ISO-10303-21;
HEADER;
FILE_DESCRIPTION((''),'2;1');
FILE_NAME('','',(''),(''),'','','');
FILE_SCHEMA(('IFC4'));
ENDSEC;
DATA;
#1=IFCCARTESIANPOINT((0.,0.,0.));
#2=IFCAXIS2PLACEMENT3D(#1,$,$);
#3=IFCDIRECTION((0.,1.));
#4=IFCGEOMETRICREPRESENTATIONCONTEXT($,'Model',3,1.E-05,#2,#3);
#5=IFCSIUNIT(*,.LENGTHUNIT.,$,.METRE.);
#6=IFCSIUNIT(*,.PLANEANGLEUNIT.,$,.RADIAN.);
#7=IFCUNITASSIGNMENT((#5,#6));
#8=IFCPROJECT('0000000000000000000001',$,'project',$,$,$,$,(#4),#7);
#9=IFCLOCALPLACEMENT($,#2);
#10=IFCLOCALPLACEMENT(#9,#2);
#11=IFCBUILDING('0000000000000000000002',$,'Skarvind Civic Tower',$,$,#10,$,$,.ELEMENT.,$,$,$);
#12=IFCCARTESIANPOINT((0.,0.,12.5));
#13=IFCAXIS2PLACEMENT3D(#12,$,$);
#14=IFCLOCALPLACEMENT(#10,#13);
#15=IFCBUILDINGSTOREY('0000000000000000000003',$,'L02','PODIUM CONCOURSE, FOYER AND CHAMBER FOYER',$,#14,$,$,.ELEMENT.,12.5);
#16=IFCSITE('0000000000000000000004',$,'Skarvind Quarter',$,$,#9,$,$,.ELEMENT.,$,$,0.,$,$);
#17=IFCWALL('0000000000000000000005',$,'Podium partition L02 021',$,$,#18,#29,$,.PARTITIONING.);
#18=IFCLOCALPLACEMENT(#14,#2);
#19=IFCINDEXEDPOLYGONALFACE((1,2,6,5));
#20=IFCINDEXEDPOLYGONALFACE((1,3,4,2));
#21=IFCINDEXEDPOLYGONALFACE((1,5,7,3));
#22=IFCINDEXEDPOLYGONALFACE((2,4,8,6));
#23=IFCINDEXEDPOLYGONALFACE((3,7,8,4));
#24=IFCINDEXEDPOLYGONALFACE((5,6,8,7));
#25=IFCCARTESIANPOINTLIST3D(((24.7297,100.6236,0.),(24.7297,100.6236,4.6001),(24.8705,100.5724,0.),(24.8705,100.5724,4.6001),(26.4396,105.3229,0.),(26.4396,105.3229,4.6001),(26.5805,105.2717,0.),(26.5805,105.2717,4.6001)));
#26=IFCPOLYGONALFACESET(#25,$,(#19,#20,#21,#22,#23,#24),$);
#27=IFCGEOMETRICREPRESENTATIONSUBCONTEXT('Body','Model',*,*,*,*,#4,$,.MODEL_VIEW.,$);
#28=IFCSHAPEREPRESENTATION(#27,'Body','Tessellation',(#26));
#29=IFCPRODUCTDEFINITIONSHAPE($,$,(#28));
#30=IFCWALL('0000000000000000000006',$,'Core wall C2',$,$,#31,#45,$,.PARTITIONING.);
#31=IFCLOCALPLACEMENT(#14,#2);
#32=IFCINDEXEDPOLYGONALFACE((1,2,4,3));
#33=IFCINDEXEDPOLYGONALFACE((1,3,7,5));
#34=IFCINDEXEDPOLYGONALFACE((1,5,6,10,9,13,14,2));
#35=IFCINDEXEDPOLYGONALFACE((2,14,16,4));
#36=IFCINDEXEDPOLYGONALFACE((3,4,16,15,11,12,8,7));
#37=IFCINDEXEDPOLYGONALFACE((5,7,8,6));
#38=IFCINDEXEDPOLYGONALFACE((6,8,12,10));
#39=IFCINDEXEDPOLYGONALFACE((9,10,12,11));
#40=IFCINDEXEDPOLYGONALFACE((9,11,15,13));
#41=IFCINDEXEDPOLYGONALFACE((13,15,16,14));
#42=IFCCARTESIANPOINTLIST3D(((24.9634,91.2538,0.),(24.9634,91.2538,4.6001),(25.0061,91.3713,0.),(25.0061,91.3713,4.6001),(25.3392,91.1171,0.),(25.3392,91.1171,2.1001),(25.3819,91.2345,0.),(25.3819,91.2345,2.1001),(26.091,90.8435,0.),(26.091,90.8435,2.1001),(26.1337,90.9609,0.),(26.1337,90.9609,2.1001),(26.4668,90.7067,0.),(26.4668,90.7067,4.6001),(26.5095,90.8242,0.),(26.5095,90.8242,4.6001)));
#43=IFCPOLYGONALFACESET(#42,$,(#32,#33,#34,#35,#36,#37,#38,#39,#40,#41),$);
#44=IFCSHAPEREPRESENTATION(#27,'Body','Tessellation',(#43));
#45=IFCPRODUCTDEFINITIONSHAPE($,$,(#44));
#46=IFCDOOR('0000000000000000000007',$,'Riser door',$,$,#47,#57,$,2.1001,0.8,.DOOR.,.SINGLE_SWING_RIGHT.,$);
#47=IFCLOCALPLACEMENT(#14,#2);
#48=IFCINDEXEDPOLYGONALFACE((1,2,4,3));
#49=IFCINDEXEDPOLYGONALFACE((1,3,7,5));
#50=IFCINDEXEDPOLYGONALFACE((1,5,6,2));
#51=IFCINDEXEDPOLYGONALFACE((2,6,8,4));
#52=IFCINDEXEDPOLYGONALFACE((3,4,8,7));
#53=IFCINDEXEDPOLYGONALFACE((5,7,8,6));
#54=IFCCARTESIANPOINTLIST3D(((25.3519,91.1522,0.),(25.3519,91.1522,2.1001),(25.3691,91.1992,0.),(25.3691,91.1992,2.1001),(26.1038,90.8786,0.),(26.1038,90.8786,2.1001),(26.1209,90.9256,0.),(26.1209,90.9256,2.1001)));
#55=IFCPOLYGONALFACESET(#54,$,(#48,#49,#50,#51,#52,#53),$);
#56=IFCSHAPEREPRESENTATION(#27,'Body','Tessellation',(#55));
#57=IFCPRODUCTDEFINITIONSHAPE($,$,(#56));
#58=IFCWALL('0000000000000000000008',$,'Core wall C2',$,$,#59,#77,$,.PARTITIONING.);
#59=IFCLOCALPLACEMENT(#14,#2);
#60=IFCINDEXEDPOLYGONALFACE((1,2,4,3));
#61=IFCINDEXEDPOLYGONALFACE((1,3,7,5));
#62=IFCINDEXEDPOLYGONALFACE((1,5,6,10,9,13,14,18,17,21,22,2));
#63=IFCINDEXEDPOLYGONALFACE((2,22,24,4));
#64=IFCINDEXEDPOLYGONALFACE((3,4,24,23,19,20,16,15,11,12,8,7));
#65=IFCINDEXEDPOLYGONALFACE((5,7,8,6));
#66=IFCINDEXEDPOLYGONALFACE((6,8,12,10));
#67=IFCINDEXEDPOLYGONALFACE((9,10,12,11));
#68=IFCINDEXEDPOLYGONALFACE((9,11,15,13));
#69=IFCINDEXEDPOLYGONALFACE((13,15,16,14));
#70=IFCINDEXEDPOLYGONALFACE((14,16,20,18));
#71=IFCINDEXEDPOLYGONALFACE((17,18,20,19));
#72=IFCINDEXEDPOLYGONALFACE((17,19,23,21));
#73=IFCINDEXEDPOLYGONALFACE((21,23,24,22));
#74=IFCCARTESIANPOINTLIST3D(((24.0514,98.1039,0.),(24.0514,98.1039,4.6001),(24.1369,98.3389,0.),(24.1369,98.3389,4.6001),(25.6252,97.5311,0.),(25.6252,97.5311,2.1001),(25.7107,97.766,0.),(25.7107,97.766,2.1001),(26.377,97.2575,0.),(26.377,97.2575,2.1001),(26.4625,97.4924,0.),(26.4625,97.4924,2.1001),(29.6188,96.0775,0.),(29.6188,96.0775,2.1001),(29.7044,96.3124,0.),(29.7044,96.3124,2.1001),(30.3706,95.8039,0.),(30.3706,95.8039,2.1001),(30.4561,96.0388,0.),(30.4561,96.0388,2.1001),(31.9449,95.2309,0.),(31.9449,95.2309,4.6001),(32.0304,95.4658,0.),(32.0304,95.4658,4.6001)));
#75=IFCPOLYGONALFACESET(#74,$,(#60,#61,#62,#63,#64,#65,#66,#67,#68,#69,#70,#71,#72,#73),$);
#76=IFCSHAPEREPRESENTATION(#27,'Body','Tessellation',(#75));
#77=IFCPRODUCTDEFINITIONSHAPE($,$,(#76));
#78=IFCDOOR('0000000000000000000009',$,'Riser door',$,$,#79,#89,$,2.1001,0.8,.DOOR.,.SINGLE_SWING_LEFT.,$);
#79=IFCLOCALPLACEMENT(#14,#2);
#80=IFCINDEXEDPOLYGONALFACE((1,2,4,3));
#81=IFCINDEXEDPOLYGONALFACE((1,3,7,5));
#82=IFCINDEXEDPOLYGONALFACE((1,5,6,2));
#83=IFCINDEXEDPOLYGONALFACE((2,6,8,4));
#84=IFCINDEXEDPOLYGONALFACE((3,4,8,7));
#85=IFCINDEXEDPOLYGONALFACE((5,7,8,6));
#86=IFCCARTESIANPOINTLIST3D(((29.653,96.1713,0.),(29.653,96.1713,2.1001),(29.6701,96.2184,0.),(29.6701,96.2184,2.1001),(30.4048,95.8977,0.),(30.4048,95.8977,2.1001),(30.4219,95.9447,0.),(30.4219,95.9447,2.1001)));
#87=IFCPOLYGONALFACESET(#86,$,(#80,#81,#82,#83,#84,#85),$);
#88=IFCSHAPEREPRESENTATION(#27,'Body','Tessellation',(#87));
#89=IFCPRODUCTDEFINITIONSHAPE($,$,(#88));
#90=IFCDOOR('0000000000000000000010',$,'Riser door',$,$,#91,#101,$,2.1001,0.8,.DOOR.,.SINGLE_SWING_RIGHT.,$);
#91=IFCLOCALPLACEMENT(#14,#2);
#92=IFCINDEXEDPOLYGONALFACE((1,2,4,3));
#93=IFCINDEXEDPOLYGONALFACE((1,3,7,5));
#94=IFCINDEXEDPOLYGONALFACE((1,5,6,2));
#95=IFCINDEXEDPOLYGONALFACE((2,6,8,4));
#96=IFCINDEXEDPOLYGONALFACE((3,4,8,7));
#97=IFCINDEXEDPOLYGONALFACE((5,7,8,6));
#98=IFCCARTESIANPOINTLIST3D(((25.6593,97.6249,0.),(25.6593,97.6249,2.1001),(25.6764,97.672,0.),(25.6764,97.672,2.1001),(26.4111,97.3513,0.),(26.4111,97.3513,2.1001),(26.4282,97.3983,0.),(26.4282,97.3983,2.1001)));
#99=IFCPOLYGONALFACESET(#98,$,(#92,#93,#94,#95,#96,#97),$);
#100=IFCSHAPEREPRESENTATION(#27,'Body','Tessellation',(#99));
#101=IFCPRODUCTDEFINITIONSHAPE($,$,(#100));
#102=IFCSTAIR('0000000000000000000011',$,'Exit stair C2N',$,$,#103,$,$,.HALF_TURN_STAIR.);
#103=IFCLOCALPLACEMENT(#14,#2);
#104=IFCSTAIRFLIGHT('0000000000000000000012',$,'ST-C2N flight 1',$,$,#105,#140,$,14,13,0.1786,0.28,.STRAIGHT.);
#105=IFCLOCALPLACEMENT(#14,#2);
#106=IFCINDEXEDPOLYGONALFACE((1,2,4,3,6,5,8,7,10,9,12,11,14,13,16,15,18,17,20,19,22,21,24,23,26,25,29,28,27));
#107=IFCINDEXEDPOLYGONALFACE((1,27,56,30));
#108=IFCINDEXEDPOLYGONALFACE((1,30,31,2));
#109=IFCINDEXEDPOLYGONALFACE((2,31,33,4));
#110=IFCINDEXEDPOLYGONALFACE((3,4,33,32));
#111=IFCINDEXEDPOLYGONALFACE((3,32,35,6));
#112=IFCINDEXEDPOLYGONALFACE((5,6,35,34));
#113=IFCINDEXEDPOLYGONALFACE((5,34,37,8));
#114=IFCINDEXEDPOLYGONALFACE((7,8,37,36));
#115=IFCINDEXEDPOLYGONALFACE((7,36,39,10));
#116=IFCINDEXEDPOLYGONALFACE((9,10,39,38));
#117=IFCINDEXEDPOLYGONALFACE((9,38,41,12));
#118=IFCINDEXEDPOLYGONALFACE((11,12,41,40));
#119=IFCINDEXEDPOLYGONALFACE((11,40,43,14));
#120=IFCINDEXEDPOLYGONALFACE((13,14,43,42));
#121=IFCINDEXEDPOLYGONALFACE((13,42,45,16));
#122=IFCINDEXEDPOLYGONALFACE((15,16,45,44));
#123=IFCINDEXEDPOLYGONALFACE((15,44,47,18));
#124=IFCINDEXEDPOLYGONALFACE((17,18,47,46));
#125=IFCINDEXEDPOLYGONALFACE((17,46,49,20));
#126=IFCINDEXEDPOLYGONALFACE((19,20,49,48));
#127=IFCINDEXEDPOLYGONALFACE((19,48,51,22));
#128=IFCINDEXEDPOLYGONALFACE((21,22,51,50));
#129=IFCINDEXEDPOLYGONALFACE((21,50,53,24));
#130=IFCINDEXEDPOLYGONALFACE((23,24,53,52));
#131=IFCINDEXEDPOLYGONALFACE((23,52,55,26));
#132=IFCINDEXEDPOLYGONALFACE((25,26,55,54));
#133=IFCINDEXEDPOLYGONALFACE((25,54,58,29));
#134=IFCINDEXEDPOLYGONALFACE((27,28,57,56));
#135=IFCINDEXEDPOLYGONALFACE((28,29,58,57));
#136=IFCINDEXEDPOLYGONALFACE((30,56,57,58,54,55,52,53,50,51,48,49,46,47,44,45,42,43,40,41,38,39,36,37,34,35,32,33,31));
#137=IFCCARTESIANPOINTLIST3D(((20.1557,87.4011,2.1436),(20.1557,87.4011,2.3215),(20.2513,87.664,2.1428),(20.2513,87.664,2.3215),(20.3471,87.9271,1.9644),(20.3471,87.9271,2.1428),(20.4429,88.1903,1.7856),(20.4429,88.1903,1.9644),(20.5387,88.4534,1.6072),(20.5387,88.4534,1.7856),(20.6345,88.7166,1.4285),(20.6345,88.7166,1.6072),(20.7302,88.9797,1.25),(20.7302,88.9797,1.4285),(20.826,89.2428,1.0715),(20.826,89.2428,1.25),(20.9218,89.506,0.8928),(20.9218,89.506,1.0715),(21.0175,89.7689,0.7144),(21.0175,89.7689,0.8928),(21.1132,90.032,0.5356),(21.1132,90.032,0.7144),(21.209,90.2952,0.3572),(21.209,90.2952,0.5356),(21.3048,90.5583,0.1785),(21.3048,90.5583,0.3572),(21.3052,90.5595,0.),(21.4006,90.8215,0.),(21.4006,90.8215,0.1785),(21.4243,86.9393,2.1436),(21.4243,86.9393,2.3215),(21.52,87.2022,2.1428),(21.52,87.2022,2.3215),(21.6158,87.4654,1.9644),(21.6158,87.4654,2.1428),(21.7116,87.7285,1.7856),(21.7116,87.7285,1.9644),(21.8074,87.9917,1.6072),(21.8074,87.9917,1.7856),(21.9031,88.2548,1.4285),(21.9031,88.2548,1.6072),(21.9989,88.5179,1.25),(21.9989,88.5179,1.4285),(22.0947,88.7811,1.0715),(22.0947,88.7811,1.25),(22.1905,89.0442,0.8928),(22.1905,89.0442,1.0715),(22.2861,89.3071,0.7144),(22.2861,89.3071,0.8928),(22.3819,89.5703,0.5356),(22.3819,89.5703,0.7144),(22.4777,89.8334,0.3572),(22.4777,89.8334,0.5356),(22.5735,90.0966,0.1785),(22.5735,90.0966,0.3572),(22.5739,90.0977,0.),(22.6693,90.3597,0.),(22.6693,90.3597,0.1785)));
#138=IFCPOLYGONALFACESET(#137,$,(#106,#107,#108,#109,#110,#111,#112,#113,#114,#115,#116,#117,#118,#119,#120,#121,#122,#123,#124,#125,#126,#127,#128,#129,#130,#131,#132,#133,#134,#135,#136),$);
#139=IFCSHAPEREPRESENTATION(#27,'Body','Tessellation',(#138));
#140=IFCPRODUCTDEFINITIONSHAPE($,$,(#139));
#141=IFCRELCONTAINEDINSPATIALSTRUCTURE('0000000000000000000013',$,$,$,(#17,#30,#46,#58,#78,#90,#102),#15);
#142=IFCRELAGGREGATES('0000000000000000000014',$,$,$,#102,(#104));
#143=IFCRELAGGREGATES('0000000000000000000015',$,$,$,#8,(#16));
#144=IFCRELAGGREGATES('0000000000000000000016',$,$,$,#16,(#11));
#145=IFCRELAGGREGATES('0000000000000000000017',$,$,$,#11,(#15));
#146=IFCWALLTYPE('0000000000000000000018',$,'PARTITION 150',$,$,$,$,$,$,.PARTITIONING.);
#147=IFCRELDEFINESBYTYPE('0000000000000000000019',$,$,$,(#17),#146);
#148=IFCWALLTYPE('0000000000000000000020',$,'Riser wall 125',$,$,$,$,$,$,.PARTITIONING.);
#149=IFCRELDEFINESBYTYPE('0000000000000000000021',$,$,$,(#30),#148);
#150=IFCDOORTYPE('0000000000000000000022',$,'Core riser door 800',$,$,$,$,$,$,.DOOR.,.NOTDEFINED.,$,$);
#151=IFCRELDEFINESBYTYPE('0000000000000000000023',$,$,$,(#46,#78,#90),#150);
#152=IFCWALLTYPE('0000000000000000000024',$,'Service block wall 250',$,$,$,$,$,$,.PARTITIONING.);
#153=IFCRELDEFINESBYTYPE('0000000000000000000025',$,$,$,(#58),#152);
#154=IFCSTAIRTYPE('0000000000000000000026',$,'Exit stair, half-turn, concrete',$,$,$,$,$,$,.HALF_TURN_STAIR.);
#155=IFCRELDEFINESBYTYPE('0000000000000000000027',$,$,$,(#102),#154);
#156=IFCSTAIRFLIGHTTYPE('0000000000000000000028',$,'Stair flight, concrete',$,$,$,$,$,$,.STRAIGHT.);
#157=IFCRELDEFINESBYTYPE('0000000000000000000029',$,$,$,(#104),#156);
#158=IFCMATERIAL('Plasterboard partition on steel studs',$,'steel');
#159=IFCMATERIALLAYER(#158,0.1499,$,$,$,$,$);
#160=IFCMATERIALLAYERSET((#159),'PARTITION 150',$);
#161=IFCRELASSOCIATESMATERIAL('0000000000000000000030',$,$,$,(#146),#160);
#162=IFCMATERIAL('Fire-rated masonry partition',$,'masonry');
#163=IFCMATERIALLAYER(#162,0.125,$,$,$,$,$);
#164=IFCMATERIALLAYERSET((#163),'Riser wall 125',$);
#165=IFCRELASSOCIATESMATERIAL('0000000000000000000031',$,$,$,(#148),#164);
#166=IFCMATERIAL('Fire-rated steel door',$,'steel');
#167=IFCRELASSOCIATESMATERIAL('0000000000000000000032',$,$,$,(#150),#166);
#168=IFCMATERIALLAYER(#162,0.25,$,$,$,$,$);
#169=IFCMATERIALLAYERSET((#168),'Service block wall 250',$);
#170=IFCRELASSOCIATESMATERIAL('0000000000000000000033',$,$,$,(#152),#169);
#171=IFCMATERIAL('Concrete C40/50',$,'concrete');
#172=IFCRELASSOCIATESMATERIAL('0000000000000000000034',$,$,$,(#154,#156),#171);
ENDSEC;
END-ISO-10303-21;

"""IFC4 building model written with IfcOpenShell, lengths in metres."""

from ifc_helpers import new_model, si_unit, direction, frame, frame_2d, origin, place, context, subcontext, project, spatial, polyline, rectangle, outline, extrude, material, layer, layer_set, type_object, element, fill, aggregate, save


model = new_model("IFC4")

# Units and contexts
model_context = context("Model", 3, precision=1e-05, world=origin(), true_north=direction((0.0, 1.0)))
body_context = subcontext(model_context, "Body", "Model", "MODEL_VIEW")
ifc_project = project(units=[si_unit("LENGTHUNIT", "METRE"), si_unit("PLANEANGLEUNIT", "RADIAN")], contexts=[model_context])

# Site, building, storey
site_placement = place(None, origin())
site = spatial("IfcSite", under=ifc_project, at=site_placement, Name="Skarvind Quarter", CompositionType="ELEMENT", RefElevation=0.0)
building_placement = place(site_placement, origin())
building = spatial("IfcBuilding", under=site, at=building_placement, Name="Skarvind Civic Tower", CompositionType="ELEMENT")
storey_placement = place(building_placement, frame((0.0, 0.0, 12.5)))
storey = spatial("IfcBuildingStorey", under=building, at=storey_placement, Name="L02", Description="PODIUM CONCOURSE, FOYER AND CHAMBER FOYER", CompositionType="ELEMENT", Elevation=12.5)

# Shared definitions
ifc_material_1 = material(Name="Fire-rated masonry partition", Category="masonry")
ifc_material_2 = material(Name="Fire-rated steel door", Category="steel")

# Wall
ifc_material_3 = material(Name="Plasterboard partition on steel studs", Category="steel")
ifc_layer_1 = layer(ifc_material_3, 0.1499)
ifc_layer_set_1 = layer_set([ifc_layer_1], Name="PARTITION 150")
wall_type_1 = type_object("IfcWallType", Name="PARTITION 150", PredefinedType="PARTITIONING", material=ifc_layer_set_1)
wall_1_placement = place(storey_placement, frame((24.8, 100.5979, 0.0), z_axis=(0.0, 0.0, 1.0), x_axis=(0.341947, 0.939719, 0.0)))
element("IfcWall", 1, at=wall_1_placement, inside=storey, type_object=wall_type_1, Name="Podium partition L02 021", PredefinedType="PARTITIONING", context=body_context, shape_type="SweptSolid", body=[
    extrude(rectangle(XDim=5.0007, YDim=0.1499, at=frame_2d((2.5005, 0.0))), origin(), (0.0, 0.0, 1.0), 4.6001),
])

# Wall, opening, door
ifc_layer_2 = layer(ifc_material_1, 0.125)
ifc_layer_set_2 = layer_set([ifc_layer_2], Name="Riser wall 125")
wall_type_2 = type_object("IfcWallType", Name="Riser wall 125", PredefinedType="PARTITIONING", material=ifc_layer_set_2)
wall_2_placement = place(storey_placement, frame((24.9849, 91.3125, 0.0), z_axis=(0.0, 0.0, 1.0), x_axis=(0.939709, -0.341976, 0.0)))
wall_2 = element("IfcWall", 2, at=wall_2_placement, inside=storey, type_object=wall_type_2, Name="Core wall C2", PredefinedType="PARTITIONING", context=body_context, shape_type="SweptSolid", body=[
    extrude(rectangle(XDim=1.5999, YDim=0.125, at=frame_2d((0.7998, 0.0))), origin(), (0.0, 0.0, 1.0), 4.6001),
])
opening_1_placement = place(wall_2_placement, frame((0.3999, 0.0, 0.0)))
opening_1 = element("IfcOpeningElement", 3, at=opening_1_placement, cuts=wall_2, PredefinedType="OPENING", context=body_context, shape_type="SweptSolid", body=[
    extrude(rectangle(XDim=0.8, YDim=2.1001, at=frame_2d((0.3999, 1.05))), frame((0.0, 0.0725, 0.0), z_axis=(0.0, -1.0, 0.0), x_axis=(1.0, 0.0, 0.0)), (0.0, 0.0, 1.0), 0.145),
])
door_type_1 = type_object("IfcDoorType", Name="Core riser door 800", OperationType="NOTDEFINED", PredefinedType="DOOR", material=ifc_material_2)
door_1_placement = place(opening_1_placement, origin())
door_1 = element("IfcDoor", 4, at=door_1_placement, inside=storey, type_object=door_type_1, Name="Riser door", OperationType="SINGLE_SWING_RIGHT", OverallHeight=2.1001, OverallWidth=0.8, PredefinedType="DOOR", context=body_context, shape_type="SweptSolid", body=[
    extrude(rectangle(XDim=0.8, YDim=2.1001, at=frame_2d((0.3999, 1.05))), frame((0.0, 0.0249, 0.0), z_axis=(0.0, -1.0, 0.0), x_axis=(1.0, 0.0, 0.0)), (0.0, 0.0, 1.0), 0.05),
])
fill(opening_1, door_1)

# Wall, openings, doors
ifc_layer_3 = layer(ifc_material_1, 0.25)
ifc_layer_set_3 = layer_set([ifc_layer_3], Name="Service block wall 250")
wall_type_3 = type_object("IfcWallType", Name="Service block wall 250", PredefinedType="PARTITIONING", material=ifc_layer_set_3)
wall_3_placement = place(storey_placement, frame((24.094, 98.2214, 0.0), z_axis=(0.0, 0.0, 1.0), x_axis=(0.939692, -0.342023, 0.0)))
wall_3 = element("IfcWall", 5, at=wall_3_placement, inside=storey, type_object=wall_type_3, Name="Core wall C2", PredefinedType="PARTITIONING", context=body_context, shape_type="SweptSolid", body=[
    extrude(rectangle(XDim=8.4001, YDim=0.25, at=frame_2d((4.2002, 0.0))), origin(), (0.0, 0.0, 1.0), 4.6001),
])
opening_2_placement = place(wall_3_placement, frame((5.925, 0.0, 0.0)))
opening_2 = element("IfcOpeningElement", 6, at=opening_2_placement, cuts=wall_3, PredefinedType="OPENING", context=body_context, shape_type="SweptSolid", body=[
    extrude(rectangle(XDim=0.8, YDim=2.1001, at=frame_2d((0.3999, 1.05))), frame((0.0, 0.135, 0.0), z_axis=(0.0, -1.0, 0.0), x_axis=(1.0, 0.0, 0.0)), (0.0, 0.0, 1.0), 0.27),
])
opening_3_placement = place(wall_3_placement, frame((1.675, 0.0, 0.0)))
opening_3 = element("IfcOpeningElement", 7, at=opening_3_placement, cuts=wall_3, PredefinedType="OPENING", context=body_context, shape_type="SweptSolid", body=[
    extrude(rectangle(XDim=0.8, YDim=2.1001, at=frame_2d((0.3999, 1.05))), frame((0.0, 0.135, 0.0), z_axis=(0.0, -1.0, 0.0), x_axis=(1.0, 0.0, 0.0)), (0.0, 0.0, 1.0), 0.27),
])
door_2_placement = place(opening_2_placement, origin())
door_2 = element("IfcDoor", 8, at=door_2_placement, inside=storey, type_object=door_type_1, Name="Riser door", OperationType="SINGLE_SWING_LEFT", OverallHeight=2.1001, OverallWidth=0.8, PredefinedType="DOOR", context=body_context, shape_type="SweptSolid", body=[
    extrude(rectangle(XDim=0.8, YDim=2.1001, at=frame_2d((0.3999, 1.05))), frame((0.0, 0.0249, 0.0), z_axis=(0.0, -1.0, 0.0), x_axis=(1.0, 0.0, 0.0)), (0.0, 0.0, 1.0), 0.05),
])
fill(opening_2, door_2)
door_3_placement = place(opening_3_placement, origin())
door_3 = element("IfcDoor", 9, at=door_3_placement, inside=storey, type_object=door_type_1, Name="Riser door", OperationType="SINGLE_SWING_RIGHT", OverallHeight=2.1001, OverallWidth=0.8, PredefinedType="DOOR", context=body_context, shape_type="SweptSolid", body=[
    extrude(rectangle(XDim=0.8, YDim=2.1001, at=frame_2d((0.3999, 1.05))), frame((0.0, 0.0249, 0.0), z_axis=(0.0, -1.0, 0.0), x_axis=(1.0, 0.0, 0.0)), (0.0, 0.0, 1.0), 0.05),
])
fill(opening_3, door_3)

# Stair, stair flight
ifc_material_4 = material(Name="Concrete C40/50", Category="concrete")
stair_type = type_object("IfcStairType", Name="Exit stair, half-turn, concrete", PredefinedType="HALF_TURN_STAIR", material=ifc_material_4)
stair_placement = place(storey_placement, origin())
stair = element("IfcStair", 10, at=stair_placement, inside=storey, type_object=stair_type, Name="Exit stair C2N", PredefinedType="HALF_TURN_STAIR")
stair_flight_type = type_object("IfcStairFlightType", Name="Stair flight, concrete", PredefinedType="STRAIGHT", material=ifc_material_4)
stair_flight_placement = place(storey_placement, frame((22.0349, 90.5906, 0.0), z_axis=(0.0, 0.0, 1.0), x_axis=(-0.34202, -0.939693, 0.0)))
stair_flight = element("IfcStairFlight", 11, at=stair_flight_placement, type_object=stair_flight_type, Name="ST-C2N flight 1", NumberOfRisers=14, NumberOfTreads=13, PredefinedType="STRAIGHT", RiserHeight=0.1786, TreadLength=0.28, context=body_context, shape_type="SweptSolid", body=[
    extrude(outline(polyline([(0.0, 0.0), (0.0, 0.1785), (0.28, 0.1785), (0.28, 0.3572), (0.5601, 0.3572), (0.5601, 0.5356), (0.8401, 0.5356), (0.8401, 0.7144), (1.1201, 0.7144), (1.1201, 0.8928), (1.3999, 0.8928), (1.3999, 1.0715), (1.6799, 1.0715), (1.6799, 1.25), (1.96, 1.25), (1.96, 1.4285), (2.24, 1.4285), (2.24, 1.6072), (2.52, 1.6072), (2.52, 1.7856), (2.8, 1.7856), (2.8, 1.9644), (3.0801, 1.9644), (3.0801, 2.1428), (3.3601, 2.1428), (3.3601, 2.3215), (3.6399, 2.3215), (3.6399, 2.5), (3.6399, 2.1436), (0.2788, 0.0), (0.0, 0.0)])), frame((0.0, 0.675, 0.0), z_axis=(0.0, -1.0, 0.0), x_axis=(1.0, 0.0, 0.0)), (0.0, 0.0, 1.0), 1.3501),
])
aggregate(stair, [stair_flight])

save(model, "model.ifc")
